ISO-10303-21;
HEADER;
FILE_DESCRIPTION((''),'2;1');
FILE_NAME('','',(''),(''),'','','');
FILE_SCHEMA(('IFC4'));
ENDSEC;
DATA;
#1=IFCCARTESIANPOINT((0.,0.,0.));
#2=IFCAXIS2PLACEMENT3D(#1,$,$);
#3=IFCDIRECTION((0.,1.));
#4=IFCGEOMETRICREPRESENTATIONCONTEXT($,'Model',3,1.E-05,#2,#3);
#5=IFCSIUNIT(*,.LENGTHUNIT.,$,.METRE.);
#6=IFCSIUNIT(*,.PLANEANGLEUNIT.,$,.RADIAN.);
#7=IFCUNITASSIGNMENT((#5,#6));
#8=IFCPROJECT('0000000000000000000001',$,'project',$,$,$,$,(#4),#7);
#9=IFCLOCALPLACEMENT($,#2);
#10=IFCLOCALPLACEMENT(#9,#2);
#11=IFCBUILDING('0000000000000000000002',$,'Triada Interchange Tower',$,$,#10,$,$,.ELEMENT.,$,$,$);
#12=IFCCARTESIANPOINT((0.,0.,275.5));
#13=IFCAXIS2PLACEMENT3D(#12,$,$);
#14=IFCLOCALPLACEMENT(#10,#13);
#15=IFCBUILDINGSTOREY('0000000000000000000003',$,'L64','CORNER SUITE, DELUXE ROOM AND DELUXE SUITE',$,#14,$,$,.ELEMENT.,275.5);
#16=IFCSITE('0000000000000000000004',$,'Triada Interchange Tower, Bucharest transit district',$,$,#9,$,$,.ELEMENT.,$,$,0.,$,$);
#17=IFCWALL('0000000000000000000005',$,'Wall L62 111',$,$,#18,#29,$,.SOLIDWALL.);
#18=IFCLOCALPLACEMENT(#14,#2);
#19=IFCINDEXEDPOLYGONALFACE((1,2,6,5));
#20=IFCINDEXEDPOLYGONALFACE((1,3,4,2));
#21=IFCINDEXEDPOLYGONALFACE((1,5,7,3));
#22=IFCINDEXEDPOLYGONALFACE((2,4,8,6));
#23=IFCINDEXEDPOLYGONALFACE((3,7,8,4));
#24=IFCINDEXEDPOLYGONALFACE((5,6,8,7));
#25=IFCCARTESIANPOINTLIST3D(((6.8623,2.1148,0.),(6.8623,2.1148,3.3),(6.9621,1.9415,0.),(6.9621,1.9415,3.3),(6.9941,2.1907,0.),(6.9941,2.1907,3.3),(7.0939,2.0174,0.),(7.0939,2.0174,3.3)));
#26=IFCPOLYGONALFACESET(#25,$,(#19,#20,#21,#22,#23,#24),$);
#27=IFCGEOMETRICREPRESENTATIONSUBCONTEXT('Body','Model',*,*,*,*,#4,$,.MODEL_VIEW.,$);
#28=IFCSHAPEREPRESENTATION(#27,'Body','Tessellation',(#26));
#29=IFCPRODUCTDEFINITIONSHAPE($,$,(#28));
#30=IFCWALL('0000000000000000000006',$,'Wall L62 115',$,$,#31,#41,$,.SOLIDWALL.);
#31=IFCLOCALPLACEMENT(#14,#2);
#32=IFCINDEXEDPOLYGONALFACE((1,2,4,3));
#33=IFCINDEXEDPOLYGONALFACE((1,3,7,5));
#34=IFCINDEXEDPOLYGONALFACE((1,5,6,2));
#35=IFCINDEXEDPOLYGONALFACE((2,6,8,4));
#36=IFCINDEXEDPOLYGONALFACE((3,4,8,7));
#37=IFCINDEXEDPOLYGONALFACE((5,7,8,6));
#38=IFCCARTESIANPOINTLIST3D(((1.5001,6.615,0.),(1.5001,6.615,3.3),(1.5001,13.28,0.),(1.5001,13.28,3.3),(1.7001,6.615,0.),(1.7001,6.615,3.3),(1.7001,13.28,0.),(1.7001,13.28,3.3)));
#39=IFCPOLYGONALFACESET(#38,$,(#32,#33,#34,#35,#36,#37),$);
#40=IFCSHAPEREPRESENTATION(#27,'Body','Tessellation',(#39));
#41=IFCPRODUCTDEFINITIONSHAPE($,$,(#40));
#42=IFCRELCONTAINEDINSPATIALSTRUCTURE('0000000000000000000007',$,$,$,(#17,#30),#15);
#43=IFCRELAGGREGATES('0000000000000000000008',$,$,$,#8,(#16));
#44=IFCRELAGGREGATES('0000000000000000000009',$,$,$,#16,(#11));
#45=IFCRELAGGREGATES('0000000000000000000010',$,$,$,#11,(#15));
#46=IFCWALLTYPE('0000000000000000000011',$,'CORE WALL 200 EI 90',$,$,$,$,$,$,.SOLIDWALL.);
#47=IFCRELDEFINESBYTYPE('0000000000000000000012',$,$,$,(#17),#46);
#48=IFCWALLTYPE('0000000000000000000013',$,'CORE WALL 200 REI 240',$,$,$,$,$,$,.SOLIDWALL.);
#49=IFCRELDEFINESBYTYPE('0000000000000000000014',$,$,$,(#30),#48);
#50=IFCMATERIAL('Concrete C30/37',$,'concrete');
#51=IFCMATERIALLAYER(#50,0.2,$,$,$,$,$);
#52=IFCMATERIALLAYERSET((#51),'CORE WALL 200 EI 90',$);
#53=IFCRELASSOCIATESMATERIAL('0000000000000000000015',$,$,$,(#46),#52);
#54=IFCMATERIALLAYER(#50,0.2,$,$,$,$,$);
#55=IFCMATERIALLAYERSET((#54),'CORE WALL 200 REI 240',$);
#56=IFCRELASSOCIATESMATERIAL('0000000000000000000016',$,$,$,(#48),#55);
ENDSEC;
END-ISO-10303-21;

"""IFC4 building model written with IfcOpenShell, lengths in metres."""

from ifc_helpers import new_model, si_unit, direction, frame, frame_2d, origin, place, context, subcontext, project, spatial, rectangle, extrude, material, layer, layer_set, type_object, element, save


model = new_model("IFC4")

# Units and contexts
model_context = context("Model", 3, precision=1e-05, world=origin(), true_north=direction((0.0, 1.0)))
body_context = subcontext(model_context, "Body", "Model", "MODEL_VIEW")
ifc_project = project(units=[si_unit("LENGTHUNIT", "METRE"), si_unit("PLANEANGLEUNIT", "RADIAN")], contexts=[model_context])

# Site, building, storey
site_placement = place(None, origin())
site = spatial("IfcSite", under=ifc_project, at=site_placement, Name="Triada Interchange Tower, Bucharest transit district", CompositionType="ELEMENT", RefElevation=0.0)
building_placement = place(site_placement, origin())
building = spatial("IfcBuilding", under=site, at=building_placement, Name="Triada Interchange Tower", CompositionType="ELEMENT")
storey_placement = place(building_placement, frame((0.0, 0.0, 275.5)))
storey = spatial("IfcBuildingStorey", under=building, at=storey_placement, Name="L64", Description="CORNER SUITE, DELUXE ROOM AND DELUXE SUITE", CompositionType="ELEMENT", Elevation=275.5)

# Shared definitions
ifc_material_1 = material(Name="Concrete C30/37", Category="concrete")

# Walls
ifc_layer_1 = layer(ifc_material_1, 0.2)
ifc_layer_set_1 = layer_set([ifc_layer_1], Name="CORE WALL 200 EI 90")
wall_type_1 = type_object("IfcWallType", Name="CORE WALL 200 EI 90", PredefinedType="SOLIDWALL", material=ifc_layer_set_1)
wall_1_placement = place(storey_placement, frame((6.9121, 2.0281, 0.0), z_axis=(0.0, 0.0, 1.0), x_axis=(0.866559, 0.499074, 0.0)))
element("IfcWall", 1, at=wall_1_placement, inside=storey, type_object=wall_type_1, Name="Wall L62 111", PredefinedType="SOLIDWALL", context=body_context, shape_type="SweptSolid", body=[
    extrude(rectangle(XDim=0.1521, YDim=0.2, at=frame_2d((0.0762, 0.0))), origin(), (0.0, 0.0, 1.0), 3.3),
])
ifc_layer_2 = layer(ifc_material_1, 0.2)
ifc_layer_set_2 = layer_set([ifc_layer_2], Name="CORE WALL 200 REI 240")
wall_type_2 = type_object("IfcWallType", Name="CORE WALL 200 REI 240", PredefinedType="SOLIDWALL", material=ifc_layer_set_2)
wall_2_placement = place(storey_placement, frame((1.6001, 6.615, 0.0), z_axis=(0.0, 0.0, 1.0), x_axis=(0.0, 1.0, 0.0)))
element("IfcWall", 2, at=wall_2_placement, inside=storey, type_object=wall_type_2, Name="Wall L62 115", PredefinedType="SOLIDWALL", context=body_context, shape_type="SweptSolid", body=[
    extrude(rectangle(XDim=6.665, YDim=0.2, at=frame_2d((3.3325, 0.0))), origin(), (0.0, 0.0, 1.0), 3.3),
])

save(model, "model.ifc")
